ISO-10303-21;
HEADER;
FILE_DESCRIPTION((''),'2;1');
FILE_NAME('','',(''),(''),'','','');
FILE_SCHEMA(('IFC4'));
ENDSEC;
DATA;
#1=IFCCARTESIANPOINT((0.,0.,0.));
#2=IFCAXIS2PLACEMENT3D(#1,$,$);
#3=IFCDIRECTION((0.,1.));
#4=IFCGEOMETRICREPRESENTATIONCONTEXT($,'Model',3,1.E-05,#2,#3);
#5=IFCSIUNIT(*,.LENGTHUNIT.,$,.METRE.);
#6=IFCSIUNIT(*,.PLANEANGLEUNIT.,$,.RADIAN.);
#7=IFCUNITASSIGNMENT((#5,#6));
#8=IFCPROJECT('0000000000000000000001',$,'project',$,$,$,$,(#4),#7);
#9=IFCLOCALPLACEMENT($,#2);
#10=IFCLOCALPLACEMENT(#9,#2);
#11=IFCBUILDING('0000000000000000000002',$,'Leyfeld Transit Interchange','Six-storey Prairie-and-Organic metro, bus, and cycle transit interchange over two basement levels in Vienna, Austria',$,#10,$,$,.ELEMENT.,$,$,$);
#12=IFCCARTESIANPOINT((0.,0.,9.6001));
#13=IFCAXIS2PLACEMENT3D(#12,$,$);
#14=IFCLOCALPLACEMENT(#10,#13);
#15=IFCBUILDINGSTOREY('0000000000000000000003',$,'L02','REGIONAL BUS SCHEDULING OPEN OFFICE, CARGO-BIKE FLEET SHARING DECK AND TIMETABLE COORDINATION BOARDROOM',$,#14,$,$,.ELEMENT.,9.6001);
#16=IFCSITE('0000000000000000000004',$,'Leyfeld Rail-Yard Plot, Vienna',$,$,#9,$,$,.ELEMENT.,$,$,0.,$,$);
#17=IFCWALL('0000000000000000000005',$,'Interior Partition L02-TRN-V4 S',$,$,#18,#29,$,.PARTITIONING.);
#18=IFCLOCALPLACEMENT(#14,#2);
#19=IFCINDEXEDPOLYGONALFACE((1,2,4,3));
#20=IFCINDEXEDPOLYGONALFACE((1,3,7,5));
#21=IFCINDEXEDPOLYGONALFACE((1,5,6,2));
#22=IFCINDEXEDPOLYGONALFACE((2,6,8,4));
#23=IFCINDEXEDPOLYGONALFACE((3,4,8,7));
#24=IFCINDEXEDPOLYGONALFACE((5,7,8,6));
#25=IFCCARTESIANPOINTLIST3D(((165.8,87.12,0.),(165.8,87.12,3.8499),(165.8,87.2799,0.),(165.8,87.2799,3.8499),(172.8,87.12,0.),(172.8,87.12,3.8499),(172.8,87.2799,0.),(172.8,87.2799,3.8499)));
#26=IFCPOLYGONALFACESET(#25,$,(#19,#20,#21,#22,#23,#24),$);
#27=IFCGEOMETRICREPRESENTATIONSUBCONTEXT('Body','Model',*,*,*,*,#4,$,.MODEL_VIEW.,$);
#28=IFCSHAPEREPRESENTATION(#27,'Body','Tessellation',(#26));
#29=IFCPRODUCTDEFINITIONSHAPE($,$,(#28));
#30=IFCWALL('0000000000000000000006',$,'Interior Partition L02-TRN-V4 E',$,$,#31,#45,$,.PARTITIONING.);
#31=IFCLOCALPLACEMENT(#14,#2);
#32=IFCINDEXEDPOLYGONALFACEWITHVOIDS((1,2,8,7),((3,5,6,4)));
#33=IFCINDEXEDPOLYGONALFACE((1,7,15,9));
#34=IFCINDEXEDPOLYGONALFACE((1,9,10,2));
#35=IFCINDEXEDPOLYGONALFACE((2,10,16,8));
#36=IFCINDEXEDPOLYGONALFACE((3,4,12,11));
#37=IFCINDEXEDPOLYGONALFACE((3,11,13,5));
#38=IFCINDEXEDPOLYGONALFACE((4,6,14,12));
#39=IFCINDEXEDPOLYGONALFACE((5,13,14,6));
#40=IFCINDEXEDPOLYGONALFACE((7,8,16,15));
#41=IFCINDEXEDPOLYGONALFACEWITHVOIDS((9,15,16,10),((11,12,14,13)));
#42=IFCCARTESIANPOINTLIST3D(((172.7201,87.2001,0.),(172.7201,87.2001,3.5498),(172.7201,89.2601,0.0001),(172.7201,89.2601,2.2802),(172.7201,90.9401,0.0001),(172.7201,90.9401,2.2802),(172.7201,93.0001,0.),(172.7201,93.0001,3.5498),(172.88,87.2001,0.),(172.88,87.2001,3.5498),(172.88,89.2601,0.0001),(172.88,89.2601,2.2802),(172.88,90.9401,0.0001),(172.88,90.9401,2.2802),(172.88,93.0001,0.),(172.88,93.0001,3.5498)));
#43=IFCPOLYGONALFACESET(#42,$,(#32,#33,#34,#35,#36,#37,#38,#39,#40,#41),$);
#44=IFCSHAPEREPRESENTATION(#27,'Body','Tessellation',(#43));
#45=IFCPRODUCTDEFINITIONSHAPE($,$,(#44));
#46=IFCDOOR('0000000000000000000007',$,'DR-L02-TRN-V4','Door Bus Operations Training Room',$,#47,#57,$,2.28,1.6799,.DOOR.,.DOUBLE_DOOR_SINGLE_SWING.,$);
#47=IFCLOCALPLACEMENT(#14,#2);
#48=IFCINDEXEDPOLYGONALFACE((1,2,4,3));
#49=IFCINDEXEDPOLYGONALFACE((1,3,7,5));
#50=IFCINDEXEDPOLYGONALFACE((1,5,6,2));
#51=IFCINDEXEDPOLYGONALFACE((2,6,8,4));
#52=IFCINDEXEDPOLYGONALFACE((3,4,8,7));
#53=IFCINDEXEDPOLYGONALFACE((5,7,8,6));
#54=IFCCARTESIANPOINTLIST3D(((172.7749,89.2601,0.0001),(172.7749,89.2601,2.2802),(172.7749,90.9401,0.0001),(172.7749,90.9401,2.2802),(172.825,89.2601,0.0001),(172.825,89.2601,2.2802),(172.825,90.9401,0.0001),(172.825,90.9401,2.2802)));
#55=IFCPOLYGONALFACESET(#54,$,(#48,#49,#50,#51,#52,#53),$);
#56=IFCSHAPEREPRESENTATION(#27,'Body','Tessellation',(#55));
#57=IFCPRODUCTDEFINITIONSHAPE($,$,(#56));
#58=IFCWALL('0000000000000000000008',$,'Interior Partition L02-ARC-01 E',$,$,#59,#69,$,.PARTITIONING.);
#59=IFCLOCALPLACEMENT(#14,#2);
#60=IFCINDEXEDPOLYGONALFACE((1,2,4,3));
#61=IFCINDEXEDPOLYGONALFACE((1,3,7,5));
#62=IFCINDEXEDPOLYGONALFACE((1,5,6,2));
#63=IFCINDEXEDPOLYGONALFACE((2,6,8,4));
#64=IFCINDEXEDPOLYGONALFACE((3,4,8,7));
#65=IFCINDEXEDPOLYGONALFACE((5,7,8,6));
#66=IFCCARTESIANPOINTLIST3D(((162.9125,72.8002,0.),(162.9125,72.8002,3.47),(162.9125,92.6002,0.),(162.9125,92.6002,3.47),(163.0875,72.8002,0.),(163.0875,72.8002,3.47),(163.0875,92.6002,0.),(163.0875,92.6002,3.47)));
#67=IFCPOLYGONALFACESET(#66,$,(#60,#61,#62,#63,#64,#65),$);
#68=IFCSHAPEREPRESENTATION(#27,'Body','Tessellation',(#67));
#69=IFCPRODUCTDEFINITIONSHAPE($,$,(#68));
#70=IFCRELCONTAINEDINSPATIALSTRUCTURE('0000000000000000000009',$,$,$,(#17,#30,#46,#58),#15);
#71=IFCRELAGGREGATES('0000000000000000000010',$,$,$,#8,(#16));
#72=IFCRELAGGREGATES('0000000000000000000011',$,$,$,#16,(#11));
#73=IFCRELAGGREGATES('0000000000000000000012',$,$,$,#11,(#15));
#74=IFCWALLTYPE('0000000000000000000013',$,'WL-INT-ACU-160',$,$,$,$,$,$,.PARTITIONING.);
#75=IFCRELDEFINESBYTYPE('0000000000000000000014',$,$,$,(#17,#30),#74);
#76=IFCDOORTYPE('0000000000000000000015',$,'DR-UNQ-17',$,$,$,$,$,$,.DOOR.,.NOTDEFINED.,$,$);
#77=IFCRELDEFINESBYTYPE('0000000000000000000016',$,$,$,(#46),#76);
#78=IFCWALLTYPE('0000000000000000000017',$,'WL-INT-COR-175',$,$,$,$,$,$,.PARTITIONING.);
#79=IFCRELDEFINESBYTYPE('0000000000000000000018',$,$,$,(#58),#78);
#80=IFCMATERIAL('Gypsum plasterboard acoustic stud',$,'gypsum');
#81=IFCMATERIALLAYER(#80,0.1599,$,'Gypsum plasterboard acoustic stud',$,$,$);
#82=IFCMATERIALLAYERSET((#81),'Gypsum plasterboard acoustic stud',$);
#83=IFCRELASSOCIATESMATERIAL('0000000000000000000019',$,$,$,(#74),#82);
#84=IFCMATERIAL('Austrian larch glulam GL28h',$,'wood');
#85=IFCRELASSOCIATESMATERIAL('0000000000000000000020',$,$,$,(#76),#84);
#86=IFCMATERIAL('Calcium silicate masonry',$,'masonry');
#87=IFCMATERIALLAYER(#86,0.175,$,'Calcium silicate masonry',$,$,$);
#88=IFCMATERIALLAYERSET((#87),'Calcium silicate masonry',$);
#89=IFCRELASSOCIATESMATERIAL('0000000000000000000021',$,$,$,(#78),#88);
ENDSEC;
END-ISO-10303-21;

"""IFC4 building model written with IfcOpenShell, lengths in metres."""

from ifc_helpers import new_model, si_unit, direction, frame, frame_2d, origin, place, context, subcontext, project, spatial, rectangle, extrude, material, layer, layer_set, type_object, element, fill, save


model = new_model("IFC4")

# Units and contexts
model_context = context("Model", 3, precision=1e-05, world=origin(), true_north=direction((0.0, 1.0)))
body_context = subcontext(model_context, "Body", "Model", "MODEL_VIEW")
ifc_project = project(units=[si_unit("LENGTHUNIT", "METRE"), si_unit("PLANEANGLEUNIT", "RADIAN")], contexts=[model_context])

# Site, building, storey
site_placement = place(None, origin())
site = spatial("IfcSite", under=ifc_project, at=site_placement, Name="Leyfeld Rail-Yard Plot, Vienna", CompositionType="ELEMENT", RefElevation=0.0)
building_placement = place(site_placement, origin())
building = spatial("IfcBuilding", under=site, at=building_placement, Name="Leyfeld Transit Interchange", Description="Six-storey Prairie-and-Organic metro, bus, and cycle transit interchange over two basement levels in Vienna, Austria", CompositionType="ELEMENT")
storey_placement = place(building_placement, frame((0.0, 0.0, 9.6001)))
storey = spatial("IfcBuildingStorey", under=building, at=storey_placement, Name="L02", Description="REGIONAL BUS SCHEDULING OPEN OFFICE, CARGO-BIKE FLEET SHARING DECK AND TIMETABLE COORDINATION BOARDROOM", CompositionType="ELEMENT", Elevation=9.6001)

# Wall
ifc_material_1 = material(Name="Gypsum plasterboard acoustic stud", Category="gypsum")
ifc_layer_1 = layer(ifc_material_1, 0.1599, Name="Gypsum plasterboard acoustic stud")
ifc_layer_set_1 = layer_set([ifc_layer_1], Name="Gypsum plasterboard acoustic stud")
wall_type_1 = type_object("IfcWallType", Name="WL-INT-ACU-160", PredefinedType="PARTITIONING", material=ifc_layer_set_1)
wall_1_placement = place(storey_placement, frame((172.8, 87.2, 0.0), z_axis=(0.0, 0.0, 1.0), x_axis=(-1.0, 0.0, 0.0)))
element("IfcWall", 1, at=wall_1_placement, inside=storey, type_object=wall_type_1, Name="Interior Partition L02-TRN-V4 S", PredefinedType="PARTITIONING", context=body_context, shape_type="SweptSolid", body=[
    extrude(rectangle(XDim=7.0, YDim=0.1599, at=frame_2d((3.5, 0.0))), origin(), (0.0, 0.0, 1.0), 3.8499),
])

# Wall, opening, door
wall_2_placement = place(storey_placement, frame((172.8, 93.0, 0.0), z_axis=(0.0, 0.0, 1.0), x_axis=(0.0, -1.0, 0.0)))
wall_2 = element("IfcWall", 2, at=wall_2_placement, inside=storey, type_object=wall_type_1, Name="Interior Partition L02-TRN-V4 E", PredefinedType="PARTITIONING", context=body_context, shape_type="SweptSolid", body=[
    extrude(rectangle(XDim=5.8, YDim=0.1599, at=frame_2d((2.8999, 0.0))), origin(), (0.0, 0.0, 1.0), 3.5498),
])
opening_placement = place(wall_2_placement, frame((2.0601, 0.0, 0.0)))
opening = element("IfcOpeningElement", 3, at=opening_placement, cuts=wall_2, PredefinedType="OPENING", context=body_context, shape_type="SweptSolid", body=[
    extrude(rectangle(XDim=1.6799, YDim=2.28, at=frame_2d((0.8398, 1.1401))), frame((0.0, 0.0898, 0.0), z_axis=(0.0, -1.0, 0.0), x_axis=(1.0, 0.0, 0.0)), (0.0, 0.0, 1.0), 0.1799),
])
ifc_material_2 = material(Name="Austrian larch glulam GL28h", Category="wood")
door_type = type_object("IfcDoorType", Name="DR-UNQ-17", OperationType="NOTDEFINED", PredefinedType="DOOR", material=ifc_material_2)
door_placement = place(opening_placement, origin())
door = element("IfcDoor", 4, at=door_placement, inside=storey, type_object=door_type, Name="DR-L02-TRN-V4", Description="Door Bus Operations Training Room", OperationType="DOUBLE_DOOR_SINGLE_SWING", OverallHeight=2.28, OverallWidth=1.6799, PredefinedType="DOOR", context=body_context, shape_type="SweptSolid", body=[
    extrude(rectangle(XDim=1.6799, YDim=2.28, at=frame_2d((0.8398, 1.1401))), frame((0.0, 0.0249, 0.0), z_axis=(0.0, -1.0, 0.0), x_axis=(1.0, 0.0, 0.0)), (0.0, 0.0, 1.0), 0.05),
])
fill(opening, door)

# Wall
ifc_material_3 = material(Name="Calcium silicate masonry", Category="masonry")
ifc_layer_2 = layer(ifc_material_3, 0.175, Name="Calcium silicate masonry")
ifc_layer_set_2 = layer_set([ifc_layer_2], Name="Calcium silicate masonry")
wall_type_2 = type_object("IfcWallType", Name="WL-INT-COR-175", PredefinedType="PARTITIONING", material=ifc_layer_set_2)
wall_3_placement = place(storey_placement, frame((163.0, 92.6001, 0.0), z_axis=(0.0, 0.0, 1.0), x_axis=(0.0, -1.0, 0.0)))
element("IfcWall", 5, at=wall_3_placement, inside=storey, type_object=wall_type_2, Name="Interior Partition L02-ARC-01 E", PredefinedType="PARTITIONING", context=body_context, shape_type="SweptSolid", body=[
    extrude(rectangle(XDim=19.8, YDim=0.175, at=frame_2d((9.8999, 0.0))), origin(), (0.0, 0.0, 1.0), 3.47),
])

save(model, "model.ifc")
